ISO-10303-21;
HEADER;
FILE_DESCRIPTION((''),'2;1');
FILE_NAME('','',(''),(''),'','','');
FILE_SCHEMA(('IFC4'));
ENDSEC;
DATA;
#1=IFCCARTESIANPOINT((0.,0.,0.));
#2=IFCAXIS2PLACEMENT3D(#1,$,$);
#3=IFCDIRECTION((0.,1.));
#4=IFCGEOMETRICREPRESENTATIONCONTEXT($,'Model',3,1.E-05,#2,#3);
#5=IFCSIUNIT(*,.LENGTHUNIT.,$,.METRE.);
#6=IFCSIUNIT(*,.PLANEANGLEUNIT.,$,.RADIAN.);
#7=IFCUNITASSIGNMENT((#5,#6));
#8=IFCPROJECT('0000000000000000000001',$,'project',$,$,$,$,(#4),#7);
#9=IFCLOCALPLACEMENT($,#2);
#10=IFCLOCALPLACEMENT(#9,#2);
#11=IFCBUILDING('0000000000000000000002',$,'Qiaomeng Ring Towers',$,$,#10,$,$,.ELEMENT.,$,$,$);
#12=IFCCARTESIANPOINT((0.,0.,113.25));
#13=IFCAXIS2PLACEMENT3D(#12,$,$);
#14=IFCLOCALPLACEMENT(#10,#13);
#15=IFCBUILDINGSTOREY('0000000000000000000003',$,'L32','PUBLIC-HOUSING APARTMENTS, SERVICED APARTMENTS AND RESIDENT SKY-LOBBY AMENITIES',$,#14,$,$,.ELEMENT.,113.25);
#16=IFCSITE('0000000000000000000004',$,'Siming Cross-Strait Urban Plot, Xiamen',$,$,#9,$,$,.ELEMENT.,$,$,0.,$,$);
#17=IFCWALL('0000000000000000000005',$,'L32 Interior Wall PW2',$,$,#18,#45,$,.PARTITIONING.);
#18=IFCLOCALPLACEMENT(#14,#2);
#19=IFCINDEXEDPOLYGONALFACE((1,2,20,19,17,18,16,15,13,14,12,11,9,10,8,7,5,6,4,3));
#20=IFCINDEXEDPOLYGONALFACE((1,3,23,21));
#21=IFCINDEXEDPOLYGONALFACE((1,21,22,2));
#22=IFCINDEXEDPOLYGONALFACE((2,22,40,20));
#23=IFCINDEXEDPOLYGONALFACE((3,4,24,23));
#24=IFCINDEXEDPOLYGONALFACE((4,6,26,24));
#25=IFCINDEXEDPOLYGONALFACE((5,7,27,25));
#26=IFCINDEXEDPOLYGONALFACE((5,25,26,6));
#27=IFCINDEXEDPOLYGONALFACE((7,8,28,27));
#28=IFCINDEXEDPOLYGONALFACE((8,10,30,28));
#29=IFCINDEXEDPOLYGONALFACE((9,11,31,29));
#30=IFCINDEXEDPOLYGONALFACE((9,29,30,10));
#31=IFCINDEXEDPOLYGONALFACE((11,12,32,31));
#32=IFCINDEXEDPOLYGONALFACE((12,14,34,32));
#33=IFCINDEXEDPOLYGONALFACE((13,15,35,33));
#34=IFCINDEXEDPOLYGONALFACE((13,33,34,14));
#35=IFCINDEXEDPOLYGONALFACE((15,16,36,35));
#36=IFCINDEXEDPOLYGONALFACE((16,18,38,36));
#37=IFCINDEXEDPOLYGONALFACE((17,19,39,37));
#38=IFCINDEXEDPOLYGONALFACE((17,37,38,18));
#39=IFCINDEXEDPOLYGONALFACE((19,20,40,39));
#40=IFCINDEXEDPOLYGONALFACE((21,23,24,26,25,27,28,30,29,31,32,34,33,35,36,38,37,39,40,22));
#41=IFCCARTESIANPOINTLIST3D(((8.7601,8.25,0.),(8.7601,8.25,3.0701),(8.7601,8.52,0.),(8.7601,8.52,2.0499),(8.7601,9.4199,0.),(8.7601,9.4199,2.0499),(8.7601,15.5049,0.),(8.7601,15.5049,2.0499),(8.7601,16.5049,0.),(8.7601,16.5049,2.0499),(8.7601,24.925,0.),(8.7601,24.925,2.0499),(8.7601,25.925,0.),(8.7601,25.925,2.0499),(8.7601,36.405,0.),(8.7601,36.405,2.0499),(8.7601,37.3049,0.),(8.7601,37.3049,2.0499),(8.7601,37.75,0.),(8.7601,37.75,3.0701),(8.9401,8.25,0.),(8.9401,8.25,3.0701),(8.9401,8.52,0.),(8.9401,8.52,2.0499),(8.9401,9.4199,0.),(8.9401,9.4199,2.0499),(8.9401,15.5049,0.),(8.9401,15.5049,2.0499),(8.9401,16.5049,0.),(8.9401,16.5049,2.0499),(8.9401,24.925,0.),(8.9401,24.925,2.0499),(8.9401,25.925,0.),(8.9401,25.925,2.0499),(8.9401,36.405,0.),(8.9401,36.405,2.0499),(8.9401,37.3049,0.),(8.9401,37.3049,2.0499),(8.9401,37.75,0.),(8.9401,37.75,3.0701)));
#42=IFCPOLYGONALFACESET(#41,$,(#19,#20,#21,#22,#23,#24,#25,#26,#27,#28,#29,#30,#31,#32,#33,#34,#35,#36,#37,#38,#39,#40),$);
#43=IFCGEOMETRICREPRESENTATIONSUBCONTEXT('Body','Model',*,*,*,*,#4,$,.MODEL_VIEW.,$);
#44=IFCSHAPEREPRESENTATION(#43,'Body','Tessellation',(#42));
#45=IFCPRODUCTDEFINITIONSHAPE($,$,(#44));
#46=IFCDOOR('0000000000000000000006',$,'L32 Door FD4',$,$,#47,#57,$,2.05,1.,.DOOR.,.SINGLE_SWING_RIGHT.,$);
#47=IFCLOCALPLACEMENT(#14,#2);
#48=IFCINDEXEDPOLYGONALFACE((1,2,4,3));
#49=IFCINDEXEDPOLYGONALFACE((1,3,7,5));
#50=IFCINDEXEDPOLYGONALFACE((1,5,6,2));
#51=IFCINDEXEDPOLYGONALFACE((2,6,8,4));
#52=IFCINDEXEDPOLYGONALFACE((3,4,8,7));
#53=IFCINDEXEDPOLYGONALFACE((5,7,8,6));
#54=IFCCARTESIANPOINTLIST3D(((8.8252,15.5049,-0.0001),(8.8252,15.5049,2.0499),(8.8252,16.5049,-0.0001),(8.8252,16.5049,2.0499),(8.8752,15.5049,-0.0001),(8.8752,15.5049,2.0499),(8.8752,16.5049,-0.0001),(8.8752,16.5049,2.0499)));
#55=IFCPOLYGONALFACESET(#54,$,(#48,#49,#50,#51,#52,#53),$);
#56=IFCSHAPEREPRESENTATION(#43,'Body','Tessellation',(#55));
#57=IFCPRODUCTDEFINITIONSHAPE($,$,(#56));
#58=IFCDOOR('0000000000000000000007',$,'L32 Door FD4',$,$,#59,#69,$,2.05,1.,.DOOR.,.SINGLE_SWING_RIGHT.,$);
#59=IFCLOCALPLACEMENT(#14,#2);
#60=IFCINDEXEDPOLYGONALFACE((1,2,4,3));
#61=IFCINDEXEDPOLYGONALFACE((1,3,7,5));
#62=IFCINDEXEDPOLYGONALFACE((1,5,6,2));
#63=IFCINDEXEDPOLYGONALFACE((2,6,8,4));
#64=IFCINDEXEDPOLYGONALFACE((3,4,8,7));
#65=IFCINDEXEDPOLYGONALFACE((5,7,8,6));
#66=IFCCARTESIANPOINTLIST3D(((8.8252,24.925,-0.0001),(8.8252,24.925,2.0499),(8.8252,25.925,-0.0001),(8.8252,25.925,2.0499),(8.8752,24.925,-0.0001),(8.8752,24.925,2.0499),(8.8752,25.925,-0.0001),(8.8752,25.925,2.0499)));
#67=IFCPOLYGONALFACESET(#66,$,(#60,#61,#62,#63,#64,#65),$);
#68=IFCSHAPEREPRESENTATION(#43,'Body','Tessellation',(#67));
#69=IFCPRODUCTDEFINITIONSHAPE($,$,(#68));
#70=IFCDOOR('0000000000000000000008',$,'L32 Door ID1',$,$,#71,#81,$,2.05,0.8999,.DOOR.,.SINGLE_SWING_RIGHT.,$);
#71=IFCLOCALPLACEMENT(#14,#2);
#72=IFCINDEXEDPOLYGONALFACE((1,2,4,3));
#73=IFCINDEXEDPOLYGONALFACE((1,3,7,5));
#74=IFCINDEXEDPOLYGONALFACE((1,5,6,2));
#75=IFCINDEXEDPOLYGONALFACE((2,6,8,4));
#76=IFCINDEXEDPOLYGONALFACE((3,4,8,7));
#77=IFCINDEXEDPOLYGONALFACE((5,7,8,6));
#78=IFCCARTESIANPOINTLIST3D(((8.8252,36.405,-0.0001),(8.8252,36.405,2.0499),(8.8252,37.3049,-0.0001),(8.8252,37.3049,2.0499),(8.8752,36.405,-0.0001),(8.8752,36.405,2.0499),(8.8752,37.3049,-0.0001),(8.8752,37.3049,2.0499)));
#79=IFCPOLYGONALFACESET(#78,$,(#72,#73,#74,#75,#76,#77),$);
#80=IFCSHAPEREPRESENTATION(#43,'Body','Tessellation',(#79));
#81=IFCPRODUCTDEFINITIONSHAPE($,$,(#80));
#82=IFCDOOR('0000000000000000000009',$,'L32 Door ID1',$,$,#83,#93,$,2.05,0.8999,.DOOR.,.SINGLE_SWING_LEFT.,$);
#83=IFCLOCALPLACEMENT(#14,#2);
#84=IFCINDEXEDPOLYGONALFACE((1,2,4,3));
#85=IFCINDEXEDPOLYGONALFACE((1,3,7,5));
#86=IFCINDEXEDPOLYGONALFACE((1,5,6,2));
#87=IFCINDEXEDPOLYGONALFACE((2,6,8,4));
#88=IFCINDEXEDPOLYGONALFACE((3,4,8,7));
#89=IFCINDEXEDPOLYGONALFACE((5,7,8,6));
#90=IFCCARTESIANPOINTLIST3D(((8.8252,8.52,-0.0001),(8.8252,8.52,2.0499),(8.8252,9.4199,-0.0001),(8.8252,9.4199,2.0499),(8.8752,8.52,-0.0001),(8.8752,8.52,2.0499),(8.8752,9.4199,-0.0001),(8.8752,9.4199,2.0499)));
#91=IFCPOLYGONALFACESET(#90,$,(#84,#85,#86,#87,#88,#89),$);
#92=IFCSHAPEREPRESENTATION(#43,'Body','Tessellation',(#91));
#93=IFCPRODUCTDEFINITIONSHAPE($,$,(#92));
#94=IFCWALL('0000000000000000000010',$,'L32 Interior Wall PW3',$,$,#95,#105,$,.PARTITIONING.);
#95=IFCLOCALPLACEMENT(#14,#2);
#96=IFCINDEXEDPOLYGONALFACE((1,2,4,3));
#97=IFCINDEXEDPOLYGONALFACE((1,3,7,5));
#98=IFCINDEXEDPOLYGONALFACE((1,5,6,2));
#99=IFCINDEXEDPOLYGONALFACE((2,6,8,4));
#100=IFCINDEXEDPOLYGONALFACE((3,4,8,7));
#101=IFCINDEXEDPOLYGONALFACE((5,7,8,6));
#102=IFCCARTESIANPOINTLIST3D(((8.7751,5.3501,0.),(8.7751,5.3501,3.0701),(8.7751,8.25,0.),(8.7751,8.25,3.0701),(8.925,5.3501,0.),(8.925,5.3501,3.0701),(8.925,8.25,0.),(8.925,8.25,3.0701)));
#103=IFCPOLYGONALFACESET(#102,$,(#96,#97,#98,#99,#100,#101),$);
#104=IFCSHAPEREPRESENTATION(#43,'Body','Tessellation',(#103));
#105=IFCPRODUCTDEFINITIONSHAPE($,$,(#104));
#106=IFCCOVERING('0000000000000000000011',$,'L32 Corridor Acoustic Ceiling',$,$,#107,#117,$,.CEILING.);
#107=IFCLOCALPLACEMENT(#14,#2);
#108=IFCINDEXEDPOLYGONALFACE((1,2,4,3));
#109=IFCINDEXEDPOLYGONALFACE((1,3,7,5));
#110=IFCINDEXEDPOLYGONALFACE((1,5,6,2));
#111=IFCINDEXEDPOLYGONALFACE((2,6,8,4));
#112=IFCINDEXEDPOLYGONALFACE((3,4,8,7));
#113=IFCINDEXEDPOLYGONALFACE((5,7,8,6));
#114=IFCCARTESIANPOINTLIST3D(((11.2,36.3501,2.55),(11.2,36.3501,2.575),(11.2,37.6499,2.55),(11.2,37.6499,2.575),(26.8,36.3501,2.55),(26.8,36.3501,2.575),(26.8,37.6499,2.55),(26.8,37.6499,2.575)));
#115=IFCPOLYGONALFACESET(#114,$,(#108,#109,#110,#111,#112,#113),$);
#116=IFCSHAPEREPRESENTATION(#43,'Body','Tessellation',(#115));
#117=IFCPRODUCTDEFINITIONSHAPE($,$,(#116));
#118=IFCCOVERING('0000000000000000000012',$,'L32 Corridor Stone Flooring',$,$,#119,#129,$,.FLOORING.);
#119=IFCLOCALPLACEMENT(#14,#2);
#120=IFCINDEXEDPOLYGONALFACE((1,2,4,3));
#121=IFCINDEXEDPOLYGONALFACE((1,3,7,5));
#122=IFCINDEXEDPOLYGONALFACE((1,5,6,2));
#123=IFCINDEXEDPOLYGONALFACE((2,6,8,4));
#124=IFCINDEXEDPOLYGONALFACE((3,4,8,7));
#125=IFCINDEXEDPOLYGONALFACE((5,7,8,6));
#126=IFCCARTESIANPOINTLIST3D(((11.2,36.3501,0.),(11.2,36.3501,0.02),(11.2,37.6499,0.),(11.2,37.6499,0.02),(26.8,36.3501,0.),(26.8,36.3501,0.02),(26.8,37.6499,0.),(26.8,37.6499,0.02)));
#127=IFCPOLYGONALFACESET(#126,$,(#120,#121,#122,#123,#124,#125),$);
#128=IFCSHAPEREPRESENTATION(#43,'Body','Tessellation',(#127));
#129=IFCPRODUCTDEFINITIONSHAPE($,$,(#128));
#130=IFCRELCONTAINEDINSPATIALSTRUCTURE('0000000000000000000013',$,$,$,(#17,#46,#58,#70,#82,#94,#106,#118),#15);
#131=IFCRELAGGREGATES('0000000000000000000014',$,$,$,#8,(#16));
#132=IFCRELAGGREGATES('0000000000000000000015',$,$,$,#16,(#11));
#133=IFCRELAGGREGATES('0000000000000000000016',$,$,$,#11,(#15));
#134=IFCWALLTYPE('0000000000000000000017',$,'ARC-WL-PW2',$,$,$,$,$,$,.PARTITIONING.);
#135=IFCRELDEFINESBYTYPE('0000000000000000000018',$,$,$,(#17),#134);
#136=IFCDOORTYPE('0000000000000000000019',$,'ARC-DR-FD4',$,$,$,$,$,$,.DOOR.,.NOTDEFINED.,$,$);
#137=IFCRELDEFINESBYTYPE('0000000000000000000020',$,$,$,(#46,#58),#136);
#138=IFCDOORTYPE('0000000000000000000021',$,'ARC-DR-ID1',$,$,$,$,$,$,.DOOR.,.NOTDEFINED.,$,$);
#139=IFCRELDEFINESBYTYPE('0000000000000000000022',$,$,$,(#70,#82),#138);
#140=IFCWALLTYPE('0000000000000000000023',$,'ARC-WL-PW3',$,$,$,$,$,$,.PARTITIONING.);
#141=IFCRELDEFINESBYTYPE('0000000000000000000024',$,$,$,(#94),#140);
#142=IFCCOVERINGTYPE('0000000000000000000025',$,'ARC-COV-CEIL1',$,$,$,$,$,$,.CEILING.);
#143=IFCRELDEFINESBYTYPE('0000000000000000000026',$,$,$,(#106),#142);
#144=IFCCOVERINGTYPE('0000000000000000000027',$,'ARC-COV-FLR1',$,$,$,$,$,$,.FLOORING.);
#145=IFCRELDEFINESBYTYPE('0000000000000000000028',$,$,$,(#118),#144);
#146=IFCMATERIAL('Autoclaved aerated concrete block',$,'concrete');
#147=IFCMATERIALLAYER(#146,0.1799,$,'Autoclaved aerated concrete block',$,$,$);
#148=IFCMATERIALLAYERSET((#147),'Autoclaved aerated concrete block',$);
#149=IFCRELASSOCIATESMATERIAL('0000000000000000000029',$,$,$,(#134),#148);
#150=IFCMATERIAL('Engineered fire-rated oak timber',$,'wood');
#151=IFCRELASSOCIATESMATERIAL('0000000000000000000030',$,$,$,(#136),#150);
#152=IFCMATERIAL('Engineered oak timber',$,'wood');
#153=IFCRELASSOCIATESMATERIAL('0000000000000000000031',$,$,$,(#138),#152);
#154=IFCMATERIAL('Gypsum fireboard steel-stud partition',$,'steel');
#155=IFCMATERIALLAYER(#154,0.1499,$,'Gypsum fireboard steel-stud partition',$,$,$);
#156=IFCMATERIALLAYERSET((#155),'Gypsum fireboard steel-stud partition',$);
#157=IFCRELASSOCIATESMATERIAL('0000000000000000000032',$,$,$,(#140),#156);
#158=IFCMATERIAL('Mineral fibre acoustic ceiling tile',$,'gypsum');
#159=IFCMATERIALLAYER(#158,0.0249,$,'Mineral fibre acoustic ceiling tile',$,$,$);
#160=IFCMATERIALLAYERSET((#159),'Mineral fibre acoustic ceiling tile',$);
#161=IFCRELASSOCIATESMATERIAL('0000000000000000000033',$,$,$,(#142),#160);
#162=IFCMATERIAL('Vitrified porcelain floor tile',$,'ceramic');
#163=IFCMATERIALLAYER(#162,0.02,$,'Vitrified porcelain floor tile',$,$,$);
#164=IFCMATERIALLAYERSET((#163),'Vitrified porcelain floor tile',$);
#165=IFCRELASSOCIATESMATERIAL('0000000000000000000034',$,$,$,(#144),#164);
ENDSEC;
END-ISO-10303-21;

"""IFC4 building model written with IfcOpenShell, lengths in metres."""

from ifc_helpers import new_model, si_unit, direction, frame, frame_2d, origin, place, context, subcontext, project, spatial, polyline, rectangle, outline, extrude, source, transform, mapped, material, layer, layer_set, type_object, element, fill, save


model = new_model("IFC4")

# Units and contexts
model_context = context("Model", 3, precision=1e-05, world=origin(), true_north=direction((0.0, 1.0)))
body_context = subcontext(model_context, "Body", "Model", "MODEL_VIEW")
ifc_project = project(units=[si_unit("LENGTHUNIT", "METRE"), si_unit("PLANEANGLEUNIT", "RADIAN")], contexts=[model_context])

# Site, building, storey
site_placement = place(None, origin())
site = spatial("IfcSite", under=ifc_project, at=site_placement, Name="Siming Cross-Strait Urban Plot, Xiamen", CompositionType="ELEMENT", RefElevation=0.0)
building_placement = place(site_placement, origin())
building = spatial("IfcBuilding", under=site, at=building_placement, Name="Qiaomeng Ring Towers", CompositionType="ELEMENT")
storey_placement = place(building_placement, frame((0.0, 0.0, 113.25)))
storey = spatial("IfcBuildingStorey", under=building, at=storey_placement, Name="L32", Description="PUBLIC-HOUSING APARTMENTS, SERVICED APARTMENTS AND RESIDENT SKY-LOBBY AMENITIES", CompositionType="ELEMENT", Elevation=113.25)

# Wall, openings, doors
ifc_material_1 = material(Name="Autoclaved aerated concrete block", Category="concrete")
ifc_layer_1 = layer(ifc_material_1, 0.1799, Name="Autoclaved aerated concrete block")
ifc_layer_set_1 = layer_set([ifc_layer_1], Name="Autoclaved aerated concrete block")
wall_type_1 = type_object("IfcWallType", Name="ARC-WL-PW2", PredefinedType="PARTITIONING", material=ifc_layer_set_1)
ifc_material_2 = material(Name="Engineered fire-rated oak timber", Category="wood")
door_type_1 = type_object("IfcDoorType", Name="ARC-DR-FD4", OperationType="NOTDEFINED", PredefinedType="DOOR", material=ifc_material_2)
shared_shape_1 = source(origin(), body_context, "Body", "SweptSolid", [
    extrude(rectangle(XDim=1.0, YDim=2.05, at=frame_2d((0.5, 1.0249))), frame((0.0, 0.0249, 0.0), z_axis=(0.0, -1.0, 0.0), x_axis=(1.0, 0.0, 0.0)), (0.0, 0.0, 1.0), 0.05),
])
wall_1_placement = place(storey_placement, frame((8.8501, 8.25, 0.0), z_axis=(0.0, 0.0, 1.0), x_axis=(0.0, 1.0, 0.0)))
wall_1 = element("IfcWall", 1, at=wall_1_placement, inside=storey, type_object=wall_type_1, Name="L32 Interior Wall PW2", PredefinedType="PARTITIONING", context=body_context, shape_type="SweptSolid", body=[
    extrude(rectangle(XDim=29.5, YDim=0.1799, at=frame_2d((14.75, 0.0))), origin(), (0.0, 0.0, 1.0), 3.0701),
])
opening_1_placement = place(wall_1_placement, frame((28.155, 0.0, 0.0)))
opening_1 = element("IfcOpeningElement", 2, at=opening_1_placement, cuts=wall_1, PredefinedType="OPENING", context=body_context, shape_type="SweptSolid", body=[
    extrude(rectangle(XDim=0.8999, YDim=2.05, at=frame_2d((0.45, 1.0249))), frame((0.0, 0.0999, 0.0), z_axis=(0.0, -1.0, 0.0), x_axis=(1.0, 0.0, 0.0)), (0.0, 0.0, 1.0), 0.2),
])
opening_2_placement = place(wall_1_placement, frame((0.27, 0.0, 0.0)))
opening_2 = element("IfcOpeningElement", 3, at=opening_2_placement, cuts=wall_1, PredefinedType="OPENING", context=body_context, shape_type="SweptSolid", body=[
    extrude(rectangle(XDim=0.8999, YDim=2.05, at=frame_2d((0.45, 1.0249))), frame((0.0, 0.0999, 0.0), z_axis=(0.0, -1.0, 0.0), x_axis=(1.0, 0.0, 0.0)), (0.0, 0.0, 1.0), 0.2),
])
opening_3_placement = place(wall_1_placement, frame((7.2549, 0.0, 0.0)))
opening_3 = element("IfcOpeningElement", 4, at=opening_3_placement, cuts=wall_1, PredefinedType="OPENING", context=body_context, shape_type="SweptSolid", body=[
    extrude(rectangle(XDim=1.0, YDim=2.05, at=frame_2d((0.5, 1.0249))), frame((0.0, 0.0999, 0.0), z_axis=(0.0, -1.0, 0.0), x_axis=(1.0, 0.0, 0.0)), (0.0, 0.0, 1.0), 0.2),
])
opening_4_placement = place(wall_1_placement, frame((16.675, 0.0, 0.0)))
opening_4 = element("IfcOpeningElement", 5, at=opening_4_placement, cuts=wall_1, PredefinedType="OPENING", context=body_context, shape_type="SweptSolid", body=[
    extrude(rectangle(XDim=1.0, YDim=2.05, at=frame_2d((0.5, 1.0249))), frame((0.0, 0.0999, 0.0), z_axis=(0.0, -1.0, 0.0), x_axis=(1.0, 0.0, 0.0)), (0.0, 0.0, 1.0), 0.2),
])
door_1_placement = place(opening_3_placement, origin())
door_1 = element("IfcDoor", 6, at=door_1_placement, inside=storey, type_object=door_type_1, Name="L32 Door FD4", OperationType="SINGLE_SWING_RIGHT", OverallHeight=2.05, OverallWidth=1.0, PredefinedType="DOOR", context=body_context, shape_type="MappedRepresentation", body=[
    mapped(shared_shape_1, transform((0.0, 0.0, 0.0), x_axis=(1.0, 0.0, 0.0), y_axis=(0.0, 1.0, 0.0), z_axis=(0.0, 0.0, 1.0), scale=1.0)),
])
fill(opening_3, door_1)
door_2_placement = place(opening_4_placement, origin())
door_2 = element("IfcDoor", 7, at=door_2_placement, inside=storey, type_object=door_type_1, Name="L32 Door FD4", OperationType="SINGLE_SWING_RIGHT", OverallHeight=2.05, OverallWidth=1.0, PredefinedType="DOOR", context=body_context, shape_type="MappedRepresentation", body=[
    mapped(shared_shape_1, transform((0.0, 0.0, 0.0), x_axis=(1.0, 0.0, 0.0), y_axis=(0.0, 1.0, 0.0), z_axis=(0.0, 0.0, 1.0), scale=1.0)),
])
fill(opening_4, door_2)
ifc_material_3 = material(Name="Engineered oak timber", Category="wood")
door_type_2 = type_object("IfcDoorType", Name="ARC-DR-ID1", OperationType="NOTDEFINED", PredefinedType="DOOR", material=ifc_material_3)
shared_shape_2 = source(origin(), body_context, "Body", "SweptSolid", [
    extrude(rectangle(XDim=0.8999, YDim=2.05, at=frame_2d((0.45, 1.0249))), frame((0.0, 0.0249, 0.0), z_axis=(0.0, -1.0, 0.0), x_axis=(1.0, 0.0, 0.0)), (0.0, 0.0, 1.0), 0.05),
])
door_3_placement = place(opening_1_placement, origin())
door_3 = element("IfcDoor", 8, at=door_3_placement, inside=storey, type_object=door_type_2, Name="L32 Door ID1", OperationType="SINGLE_SWING_RIGHT", OverallHeight=2.05, OverallWidth=0.8999, PredefinedType="DOOR", context=body_context, shape_type="MappedRepresentation", body=[
    mapped(shared_shape_2, transform((0.0, 0.0, 0.0), x_axis=(1.0, 0.0, 0.0), y_axis=(0.0, 1.0, 0.0), z_axis=(0.0, 0.0, 1.0), scale=1.0)),
])
fill(opening_1, door_3)
door_4_placement = place(opening_2_placement, origin())
door_4 = element("IfcDoor", 9, at=door_4_placement, inside=storey, type_object=door_type_2, Name="L32 Door ID1", OperationType="SINGLE_SWING_LEFT", OverallHeight=2.05, OverallWidth=0.8999, PredefinedType="DOOR", context=body_context, shape_type="MappedRepresentation", body=[
    mapped(shared_shape_2, transform((0.0, 0.0, 0.0), x_axis=(1.0, 0.0, 0.0), y_axis=(0.0, 1.0, 0.0), z_axis=(0.0, 0.0, 1.0), scale=1.0)),
])
fill(opening_2, door_4)

# Wall
ifc_material_4 = material(Name="Gypsum fireboard steel-stud partition", Category="steel")
ifc_layer_2 = layer(ifc_material_4, 0.1499, Name="Gypsum fireboard steel-stud partition")
ifc_layer_set_2 = layer_set([ifc_layer_2], Name="Gypsum fireboard steel-stud partition")
wall_type_2 = type_object("IfcWallType", Name="ARC-WL-PW3", PredefinedType="PARTITIONING", material=ifc_layer_set_2)
wall_2_placement = place(storey_placement, frame((8.8501, 5.3501, 0.0), z_axis=(0.0, 0.0, 1.0), x_axis=(0.0, 1.0, 0.0)))
element("IfcWall", 10, at=wall_2_placement, inside=storey, type_object=wall_type_2, Name="L32 Interior Wall PW3", PredefinedType="PARTITIONING", context=body_context, shape_type="SweptSolid", body=[
    extrude(rectangle(XDim=2.8999, YDim=0.1499, at=frame_2d((1.45, 0.0))), origin(), (0.0, 0.0, 1.0), 3.0701),
])

# Coverings
ifc_material_5 = material(Name="Mineral fibre acoustic ceiling tile", Category="gypsum")
ifc_layer_3 = layer(ifc_material_5, 0.0249, Name="Mineral fibre acoustic ceiling tile")
ifc_layer_set_3 = layer_set([ifc_layer_3], Name="Mineral fibre acoustic ceiling tile")
covering_type_1 = type_object("IfcCoveringType", Name="ARC-COV-CEIL1", PredefinedType="CEILING", material=ifc_layer_set_3)
covering_1_placement = place(storey_placement, frame((0.0, 0.0, 2.55)))
element("IfcCovering", 11, at=covering_1_placement, inside=storey, type_object=covering_type_1, Name="L32 Corridor Acoustic Ceiling", PredefinedType="CEILING", context=body_context, shape_type="SweptSolid", body=[
    extrude(outline(polyline([(11.2, 36.3501), (11.2, 37.6499), (26.8, 37.6499), (26.8, 36.3501), (11.2, 36.3501)])), origin(), (0.0, 0.0, 1.0), 0.0249),
])
ifc_material_6 = material(Name="Vitrified porcelain floor tile", Category="ceramic")
ifc_layer_4 = layer(ifc_material_6, 0.02, Name="Vitrified porcelain floor tile")
ifc_layer_set_4 = layer_set([ifc_layer_4], Name="Vitrified porcelain floor tile")
covering_type_2 = type_object("IfcCoveringType", Name="ARC-COV-FLR1", PredefinedType="FLOORING", material=ifc_layer_set_4)
covering_2_placement = place(storey_placement, origin())
element("IfcCovering", 12, at=covering_2_placement, inside=storey, type_object=covering_type_2, Name="L32 Corridor Stone Flooring", PredefinedType="FLOORING", context=body_context, shape_type="SweptSolid", body=[
    extrude(outline(polyline([(11.2, 36.3501), (11.2, 37.6499), (26.8, 37.6499), (26.8, 36.3501), (11.2, 36.3501)])), origin(), (0.0, 0.0, 1.0), 0.02),
])

save(model, "model.ifc")
